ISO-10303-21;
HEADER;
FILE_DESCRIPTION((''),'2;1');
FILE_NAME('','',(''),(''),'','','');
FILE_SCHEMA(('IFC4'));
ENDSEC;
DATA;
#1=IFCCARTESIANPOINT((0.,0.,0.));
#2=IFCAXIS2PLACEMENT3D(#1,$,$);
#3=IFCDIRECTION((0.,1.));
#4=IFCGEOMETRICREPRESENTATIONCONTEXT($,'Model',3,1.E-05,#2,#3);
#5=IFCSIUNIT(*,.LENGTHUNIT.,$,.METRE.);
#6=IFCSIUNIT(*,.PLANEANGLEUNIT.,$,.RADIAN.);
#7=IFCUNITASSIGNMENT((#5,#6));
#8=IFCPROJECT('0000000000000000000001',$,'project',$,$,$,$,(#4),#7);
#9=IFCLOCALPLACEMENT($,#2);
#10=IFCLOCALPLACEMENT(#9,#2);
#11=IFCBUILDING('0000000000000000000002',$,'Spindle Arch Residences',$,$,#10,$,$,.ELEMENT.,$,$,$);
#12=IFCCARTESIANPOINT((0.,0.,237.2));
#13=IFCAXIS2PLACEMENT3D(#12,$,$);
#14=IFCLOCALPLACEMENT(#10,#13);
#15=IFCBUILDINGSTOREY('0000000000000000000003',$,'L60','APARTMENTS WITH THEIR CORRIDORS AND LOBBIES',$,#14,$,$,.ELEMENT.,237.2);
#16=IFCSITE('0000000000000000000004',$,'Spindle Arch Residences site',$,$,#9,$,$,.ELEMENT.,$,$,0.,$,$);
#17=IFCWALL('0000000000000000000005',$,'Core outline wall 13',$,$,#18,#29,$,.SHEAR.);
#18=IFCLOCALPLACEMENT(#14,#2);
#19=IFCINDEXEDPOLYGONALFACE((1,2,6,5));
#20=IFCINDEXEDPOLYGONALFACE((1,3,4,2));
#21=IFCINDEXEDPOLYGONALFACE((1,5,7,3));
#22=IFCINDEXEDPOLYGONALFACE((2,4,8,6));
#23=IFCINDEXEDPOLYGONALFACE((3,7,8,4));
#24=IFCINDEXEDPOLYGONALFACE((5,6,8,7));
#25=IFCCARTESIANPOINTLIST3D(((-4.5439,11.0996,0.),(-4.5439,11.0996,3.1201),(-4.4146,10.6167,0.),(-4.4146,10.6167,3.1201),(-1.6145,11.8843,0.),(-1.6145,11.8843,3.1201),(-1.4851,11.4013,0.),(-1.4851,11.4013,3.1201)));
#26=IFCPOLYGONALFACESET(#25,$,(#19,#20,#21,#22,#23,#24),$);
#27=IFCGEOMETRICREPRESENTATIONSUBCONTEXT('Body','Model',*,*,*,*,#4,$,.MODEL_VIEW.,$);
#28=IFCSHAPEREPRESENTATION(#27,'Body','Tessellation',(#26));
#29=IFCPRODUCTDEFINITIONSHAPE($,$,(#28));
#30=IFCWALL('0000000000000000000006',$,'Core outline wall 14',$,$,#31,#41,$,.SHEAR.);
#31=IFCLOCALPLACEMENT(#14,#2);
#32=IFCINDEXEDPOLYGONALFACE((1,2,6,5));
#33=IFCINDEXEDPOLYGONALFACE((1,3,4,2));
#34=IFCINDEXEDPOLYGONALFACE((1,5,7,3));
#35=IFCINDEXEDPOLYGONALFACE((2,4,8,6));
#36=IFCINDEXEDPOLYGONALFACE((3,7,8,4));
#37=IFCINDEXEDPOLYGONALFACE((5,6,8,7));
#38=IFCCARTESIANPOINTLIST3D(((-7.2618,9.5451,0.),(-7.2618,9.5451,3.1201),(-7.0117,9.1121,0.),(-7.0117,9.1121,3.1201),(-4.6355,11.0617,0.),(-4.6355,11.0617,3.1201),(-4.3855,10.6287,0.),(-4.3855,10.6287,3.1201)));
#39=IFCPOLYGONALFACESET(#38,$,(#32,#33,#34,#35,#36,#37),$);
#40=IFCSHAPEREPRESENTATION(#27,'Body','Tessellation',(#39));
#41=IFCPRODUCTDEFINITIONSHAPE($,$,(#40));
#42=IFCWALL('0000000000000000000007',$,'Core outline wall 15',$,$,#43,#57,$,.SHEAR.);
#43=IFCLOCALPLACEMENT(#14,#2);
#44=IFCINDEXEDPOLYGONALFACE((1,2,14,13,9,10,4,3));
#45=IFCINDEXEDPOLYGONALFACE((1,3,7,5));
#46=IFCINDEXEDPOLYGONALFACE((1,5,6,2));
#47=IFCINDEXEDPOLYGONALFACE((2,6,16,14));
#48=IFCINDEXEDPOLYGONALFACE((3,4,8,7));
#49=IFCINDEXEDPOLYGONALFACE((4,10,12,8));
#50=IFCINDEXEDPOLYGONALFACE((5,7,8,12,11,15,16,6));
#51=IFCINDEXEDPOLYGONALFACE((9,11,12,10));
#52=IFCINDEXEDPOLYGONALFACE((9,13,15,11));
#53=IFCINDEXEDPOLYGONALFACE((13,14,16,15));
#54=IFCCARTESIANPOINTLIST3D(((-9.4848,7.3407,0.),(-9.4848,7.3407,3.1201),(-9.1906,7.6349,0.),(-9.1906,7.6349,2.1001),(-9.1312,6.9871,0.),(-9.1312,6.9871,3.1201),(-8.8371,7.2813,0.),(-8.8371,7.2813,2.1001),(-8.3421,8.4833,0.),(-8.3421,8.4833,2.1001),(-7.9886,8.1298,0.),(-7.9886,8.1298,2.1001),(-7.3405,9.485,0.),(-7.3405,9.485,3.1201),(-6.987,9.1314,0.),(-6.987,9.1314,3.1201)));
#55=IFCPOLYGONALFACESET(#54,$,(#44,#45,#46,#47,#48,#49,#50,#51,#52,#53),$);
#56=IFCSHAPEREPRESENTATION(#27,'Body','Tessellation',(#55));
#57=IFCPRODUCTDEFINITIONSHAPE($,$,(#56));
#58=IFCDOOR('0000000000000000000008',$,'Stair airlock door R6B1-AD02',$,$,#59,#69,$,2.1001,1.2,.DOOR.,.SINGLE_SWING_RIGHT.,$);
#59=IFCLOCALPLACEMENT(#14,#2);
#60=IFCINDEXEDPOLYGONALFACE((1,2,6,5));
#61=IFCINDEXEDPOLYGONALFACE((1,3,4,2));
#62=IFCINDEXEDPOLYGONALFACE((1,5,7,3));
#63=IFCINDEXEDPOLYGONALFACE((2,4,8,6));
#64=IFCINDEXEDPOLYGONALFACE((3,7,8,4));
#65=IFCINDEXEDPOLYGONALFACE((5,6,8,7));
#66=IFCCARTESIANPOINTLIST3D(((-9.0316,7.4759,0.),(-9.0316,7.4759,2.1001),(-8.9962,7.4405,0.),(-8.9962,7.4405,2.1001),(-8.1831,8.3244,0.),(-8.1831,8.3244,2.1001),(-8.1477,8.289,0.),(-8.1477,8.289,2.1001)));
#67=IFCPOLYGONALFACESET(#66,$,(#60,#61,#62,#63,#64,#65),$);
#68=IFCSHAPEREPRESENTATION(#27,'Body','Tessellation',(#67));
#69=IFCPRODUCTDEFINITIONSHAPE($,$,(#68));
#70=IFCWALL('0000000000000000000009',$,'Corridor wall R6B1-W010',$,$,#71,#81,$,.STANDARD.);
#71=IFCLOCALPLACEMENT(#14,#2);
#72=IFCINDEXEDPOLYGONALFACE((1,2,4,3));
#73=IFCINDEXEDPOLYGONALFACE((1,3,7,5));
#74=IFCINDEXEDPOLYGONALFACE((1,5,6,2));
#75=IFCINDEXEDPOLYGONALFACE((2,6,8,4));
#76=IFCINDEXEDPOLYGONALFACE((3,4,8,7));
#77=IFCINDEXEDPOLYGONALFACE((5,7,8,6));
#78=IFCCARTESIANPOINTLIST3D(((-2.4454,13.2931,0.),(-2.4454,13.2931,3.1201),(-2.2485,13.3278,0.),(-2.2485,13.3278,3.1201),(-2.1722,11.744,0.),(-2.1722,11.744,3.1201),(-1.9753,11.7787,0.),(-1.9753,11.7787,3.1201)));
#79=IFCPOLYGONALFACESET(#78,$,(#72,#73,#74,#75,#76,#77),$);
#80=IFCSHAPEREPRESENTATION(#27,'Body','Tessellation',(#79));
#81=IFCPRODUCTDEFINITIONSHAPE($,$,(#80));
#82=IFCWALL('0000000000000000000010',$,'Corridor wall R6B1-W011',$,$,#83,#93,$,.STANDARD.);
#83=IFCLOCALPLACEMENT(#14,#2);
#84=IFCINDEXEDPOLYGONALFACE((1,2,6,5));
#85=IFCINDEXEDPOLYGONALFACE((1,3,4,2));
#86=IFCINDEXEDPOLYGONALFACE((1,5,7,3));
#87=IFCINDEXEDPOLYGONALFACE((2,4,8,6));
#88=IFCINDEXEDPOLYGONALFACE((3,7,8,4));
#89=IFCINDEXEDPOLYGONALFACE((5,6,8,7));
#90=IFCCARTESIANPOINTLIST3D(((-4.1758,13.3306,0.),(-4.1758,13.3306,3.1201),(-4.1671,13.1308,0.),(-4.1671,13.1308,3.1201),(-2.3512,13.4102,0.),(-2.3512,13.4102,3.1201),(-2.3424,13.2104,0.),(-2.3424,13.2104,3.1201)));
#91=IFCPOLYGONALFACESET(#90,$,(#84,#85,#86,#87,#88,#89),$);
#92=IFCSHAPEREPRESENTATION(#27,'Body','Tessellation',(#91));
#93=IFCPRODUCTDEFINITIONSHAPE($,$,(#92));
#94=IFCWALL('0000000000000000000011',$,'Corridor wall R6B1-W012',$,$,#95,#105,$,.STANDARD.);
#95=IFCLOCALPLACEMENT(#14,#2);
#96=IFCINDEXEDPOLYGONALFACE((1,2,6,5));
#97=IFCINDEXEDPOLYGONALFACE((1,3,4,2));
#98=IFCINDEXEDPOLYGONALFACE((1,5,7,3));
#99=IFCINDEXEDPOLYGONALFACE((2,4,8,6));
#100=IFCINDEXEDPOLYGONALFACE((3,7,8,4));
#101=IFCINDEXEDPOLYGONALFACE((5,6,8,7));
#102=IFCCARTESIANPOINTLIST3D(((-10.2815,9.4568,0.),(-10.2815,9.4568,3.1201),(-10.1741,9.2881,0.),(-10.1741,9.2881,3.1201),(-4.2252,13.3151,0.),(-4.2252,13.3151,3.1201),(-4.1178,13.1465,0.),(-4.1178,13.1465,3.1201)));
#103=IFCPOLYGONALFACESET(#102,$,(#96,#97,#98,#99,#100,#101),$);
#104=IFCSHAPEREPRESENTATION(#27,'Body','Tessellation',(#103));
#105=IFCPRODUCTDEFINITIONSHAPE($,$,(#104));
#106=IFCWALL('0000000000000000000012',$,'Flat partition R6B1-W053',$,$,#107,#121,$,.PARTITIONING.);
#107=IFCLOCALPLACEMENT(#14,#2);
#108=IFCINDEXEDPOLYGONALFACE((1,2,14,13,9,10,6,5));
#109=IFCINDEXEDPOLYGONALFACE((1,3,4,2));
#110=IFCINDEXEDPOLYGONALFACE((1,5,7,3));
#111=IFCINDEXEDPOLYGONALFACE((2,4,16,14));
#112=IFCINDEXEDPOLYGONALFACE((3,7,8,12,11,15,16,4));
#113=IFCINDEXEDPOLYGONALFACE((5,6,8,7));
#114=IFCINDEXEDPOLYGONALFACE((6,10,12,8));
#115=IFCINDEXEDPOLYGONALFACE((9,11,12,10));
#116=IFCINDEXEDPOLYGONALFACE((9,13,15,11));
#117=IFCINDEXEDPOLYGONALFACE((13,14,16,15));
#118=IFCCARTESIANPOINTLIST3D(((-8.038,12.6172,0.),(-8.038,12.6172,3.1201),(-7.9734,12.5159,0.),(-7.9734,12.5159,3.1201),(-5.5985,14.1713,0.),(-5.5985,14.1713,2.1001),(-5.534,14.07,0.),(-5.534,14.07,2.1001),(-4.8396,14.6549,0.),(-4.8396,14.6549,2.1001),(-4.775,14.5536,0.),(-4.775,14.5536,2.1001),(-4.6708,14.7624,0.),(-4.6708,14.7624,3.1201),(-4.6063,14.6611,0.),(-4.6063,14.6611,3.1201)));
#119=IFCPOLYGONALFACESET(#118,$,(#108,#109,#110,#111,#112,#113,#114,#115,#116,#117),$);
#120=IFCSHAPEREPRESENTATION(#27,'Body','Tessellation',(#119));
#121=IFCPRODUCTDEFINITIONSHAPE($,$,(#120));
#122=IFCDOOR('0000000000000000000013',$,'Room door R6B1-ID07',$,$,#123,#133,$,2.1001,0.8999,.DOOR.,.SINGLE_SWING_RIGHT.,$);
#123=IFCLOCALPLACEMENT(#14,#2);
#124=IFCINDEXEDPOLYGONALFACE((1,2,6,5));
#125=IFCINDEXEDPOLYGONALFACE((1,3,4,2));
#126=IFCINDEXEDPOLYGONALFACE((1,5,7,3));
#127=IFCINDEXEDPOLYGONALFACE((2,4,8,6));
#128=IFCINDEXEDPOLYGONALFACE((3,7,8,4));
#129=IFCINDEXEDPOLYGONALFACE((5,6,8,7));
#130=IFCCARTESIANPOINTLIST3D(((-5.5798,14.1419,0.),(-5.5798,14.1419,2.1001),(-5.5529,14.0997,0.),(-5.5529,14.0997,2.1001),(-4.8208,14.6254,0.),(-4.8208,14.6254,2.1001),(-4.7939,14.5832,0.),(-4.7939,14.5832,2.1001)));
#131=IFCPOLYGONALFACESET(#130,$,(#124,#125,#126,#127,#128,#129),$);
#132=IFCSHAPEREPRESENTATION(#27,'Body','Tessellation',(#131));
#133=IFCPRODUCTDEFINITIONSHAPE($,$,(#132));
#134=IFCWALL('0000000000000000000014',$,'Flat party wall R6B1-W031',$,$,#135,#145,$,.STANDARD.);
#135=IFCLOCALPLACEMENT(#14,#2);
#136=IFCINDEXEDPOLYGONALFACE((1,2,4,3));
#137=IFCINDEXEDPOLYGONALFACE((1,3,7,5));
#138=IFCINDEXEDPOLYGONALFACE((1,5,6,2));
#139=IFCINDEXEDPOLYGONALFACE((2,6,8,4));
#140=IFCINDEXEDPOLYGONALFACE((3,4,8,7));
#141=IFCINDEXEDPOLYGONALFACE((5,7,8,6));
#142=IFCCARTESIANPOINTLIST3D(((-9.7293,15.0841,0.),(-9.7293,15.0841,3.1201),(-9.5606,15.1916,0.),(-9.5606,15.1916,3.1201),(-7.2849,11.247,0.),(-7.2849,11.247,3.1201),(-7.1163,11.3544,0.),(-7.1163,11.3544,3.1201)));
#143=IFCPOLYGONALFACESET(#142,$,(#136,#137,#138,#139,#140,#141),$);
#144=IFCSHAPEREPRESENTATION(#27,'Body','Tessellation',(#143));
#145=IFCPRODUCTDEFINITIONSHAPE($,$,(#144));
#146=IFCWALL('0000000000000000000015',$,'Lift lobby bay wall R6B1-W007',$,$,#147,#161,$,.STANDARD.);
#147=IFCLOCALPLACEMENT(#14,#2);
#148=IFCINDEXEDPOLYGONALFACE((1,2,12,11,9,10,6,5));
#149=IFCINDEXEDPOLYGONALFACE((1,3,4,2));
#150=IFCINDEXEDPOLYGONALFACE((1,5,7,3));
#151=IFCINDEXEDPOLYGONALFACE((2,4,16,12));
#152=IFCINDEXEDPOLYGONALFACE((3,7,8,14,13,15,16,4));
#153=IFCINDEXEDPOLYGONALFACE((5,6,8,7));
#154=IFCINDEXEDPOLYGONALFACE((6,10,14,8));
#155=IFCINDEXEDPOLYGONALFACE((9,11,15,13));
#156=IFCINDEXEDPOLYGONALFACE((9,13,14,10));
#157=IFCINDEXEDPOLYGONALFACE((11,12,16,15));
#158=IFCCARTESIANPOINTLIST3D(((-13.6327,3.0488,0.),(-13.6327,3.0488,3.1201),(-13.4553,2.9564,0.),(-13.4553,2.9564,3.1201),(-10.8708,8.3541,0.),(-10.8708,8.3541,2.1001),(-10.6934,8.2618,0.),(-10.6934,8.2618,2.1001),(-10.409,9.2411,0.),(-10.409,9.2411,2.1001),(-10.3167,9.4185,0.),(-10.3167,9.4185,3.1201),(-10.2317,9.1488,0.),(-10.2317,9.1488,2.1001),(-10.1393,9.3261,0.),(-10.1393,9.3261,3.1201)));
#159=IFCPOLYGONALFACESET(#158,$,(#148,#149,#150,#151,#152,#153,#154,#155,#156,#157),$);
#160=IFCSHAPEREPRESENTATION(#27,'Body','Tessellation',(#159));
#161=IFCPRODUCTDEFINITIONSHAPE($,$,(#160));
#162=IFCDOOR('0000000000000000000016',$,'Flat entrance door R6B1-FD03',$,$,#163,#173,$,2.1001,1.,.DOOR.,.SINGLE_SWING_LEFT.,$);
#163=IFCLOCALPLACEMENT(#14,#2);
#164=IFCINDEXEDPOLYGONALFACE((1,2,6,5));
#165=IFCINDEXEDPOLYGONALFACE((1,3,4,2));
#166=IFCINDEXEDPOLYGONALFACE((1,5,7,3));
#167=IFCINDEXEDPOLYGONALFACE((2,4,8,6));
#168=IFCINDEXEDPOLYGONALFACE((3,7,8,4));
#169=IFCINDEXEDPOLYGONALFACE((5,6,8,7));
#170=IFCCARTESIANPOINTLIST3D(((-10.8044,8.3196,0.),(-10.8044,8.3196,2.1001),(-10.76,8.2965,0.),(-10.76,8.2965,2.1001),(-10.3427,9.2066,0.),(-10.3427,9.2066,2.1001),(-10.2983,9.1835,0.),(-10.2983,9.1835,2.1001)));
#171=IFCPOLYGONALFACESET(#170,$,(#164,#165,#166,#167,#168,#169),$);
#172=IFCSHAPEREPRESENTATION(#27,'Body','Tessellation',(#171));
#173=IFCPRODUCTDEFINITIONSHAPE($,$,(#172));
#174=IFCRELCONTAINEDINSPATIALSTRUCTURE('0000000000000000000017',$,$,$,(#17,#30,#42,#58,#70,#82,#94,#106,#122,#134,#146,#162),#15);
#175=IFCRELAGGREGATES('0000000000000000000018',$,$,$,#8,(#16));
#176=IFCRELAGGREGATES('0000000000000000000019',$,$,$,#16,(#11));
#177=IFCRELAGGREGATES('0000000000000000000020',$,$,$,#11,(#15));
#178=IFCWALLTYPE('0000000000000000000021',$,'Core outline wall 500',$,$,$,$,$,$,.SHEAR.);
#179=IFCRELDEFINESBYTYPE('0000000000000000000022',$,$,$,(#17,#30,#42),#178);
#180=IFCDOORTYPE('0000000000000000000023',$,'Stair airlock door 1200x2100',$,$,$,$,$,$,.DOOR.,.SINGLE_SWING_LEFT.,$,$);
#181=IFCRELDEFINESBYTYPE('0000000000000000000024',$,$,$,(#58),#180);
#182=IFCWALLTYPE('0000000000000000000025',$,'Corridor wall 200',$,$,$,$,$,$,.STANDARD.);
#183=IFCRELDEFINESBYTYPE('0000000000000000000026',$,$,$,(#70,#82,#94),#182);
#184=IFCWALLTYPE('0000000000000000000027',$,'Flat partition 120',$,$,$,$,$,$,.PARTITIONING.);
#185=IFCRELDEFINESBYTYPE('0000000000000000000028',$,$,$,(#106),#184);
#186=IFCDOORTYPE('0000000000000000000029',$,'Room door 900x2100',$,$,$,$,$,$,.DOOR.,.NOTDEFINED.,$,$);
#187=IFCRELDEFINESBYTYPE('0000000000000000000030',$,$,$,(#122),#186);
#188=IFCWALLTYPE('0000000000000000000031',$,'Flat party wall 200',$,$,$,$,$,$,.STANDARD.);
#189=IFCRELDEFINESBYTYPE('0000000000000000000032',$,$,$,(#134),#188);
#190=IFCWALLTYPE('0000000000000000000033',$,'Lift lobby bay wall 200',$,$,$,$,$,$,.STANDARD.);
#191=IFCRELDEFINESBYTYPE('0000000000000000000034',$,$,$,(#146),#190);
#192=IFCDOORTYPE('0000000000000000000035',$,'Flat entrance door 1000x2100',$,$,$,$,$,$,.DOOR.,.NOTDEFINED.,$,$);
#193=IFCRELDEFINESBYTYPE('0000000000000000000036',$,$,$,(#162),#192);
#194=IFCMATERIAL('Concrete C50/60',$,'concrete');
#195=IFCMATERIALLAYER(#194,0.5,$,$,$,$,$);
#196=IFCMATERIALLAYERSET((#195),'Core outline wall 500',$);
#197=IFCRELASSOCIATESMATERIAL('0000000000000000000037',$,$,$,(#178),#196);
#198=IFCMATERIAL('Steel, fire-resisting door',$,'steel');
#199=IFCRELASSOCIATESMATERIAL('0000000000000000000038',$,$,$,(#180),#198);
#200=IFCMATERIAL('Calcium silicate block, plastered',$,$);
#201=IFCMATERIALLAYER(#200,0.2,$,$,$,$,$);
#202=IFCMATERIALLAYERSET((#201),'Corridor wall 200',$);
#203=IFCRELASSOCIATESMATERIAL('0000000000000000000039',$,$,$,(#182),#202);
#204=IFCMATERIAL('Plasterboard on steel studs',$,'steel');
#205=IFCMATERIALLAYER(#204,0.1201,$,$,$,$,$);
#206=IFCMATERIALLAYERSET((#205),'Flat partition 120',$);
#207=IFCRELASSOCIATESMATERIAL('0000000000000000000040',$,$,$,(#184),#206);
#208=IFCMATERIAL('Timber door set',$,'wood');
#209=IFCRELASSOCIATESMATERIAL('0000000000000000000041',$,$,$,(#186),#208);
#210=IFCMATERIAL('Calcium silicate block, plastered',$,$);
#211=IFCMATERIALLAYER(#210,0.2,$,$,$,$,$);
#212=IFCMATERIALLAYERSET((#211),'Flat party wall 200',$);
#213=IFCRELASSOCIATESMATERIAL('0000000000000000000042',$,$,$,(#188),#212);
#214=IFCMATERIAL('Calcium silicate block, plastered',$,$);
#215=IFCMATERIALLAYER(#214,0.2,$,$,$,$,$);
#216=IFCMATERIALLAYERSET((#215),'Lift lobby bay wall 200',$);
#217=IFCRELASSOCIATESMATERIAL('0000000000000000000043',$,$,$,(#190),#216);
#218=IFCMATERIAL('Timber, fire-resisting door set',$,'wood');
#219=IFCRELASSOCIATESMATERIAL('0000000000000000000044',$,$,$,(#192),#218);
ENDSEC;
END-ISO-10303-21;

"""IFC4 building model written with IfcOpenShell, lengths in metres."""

from ifc_helpers import new_model, si_unit, direction, frame, frame_2d, origin, place, context, subcontext, project, spatial, rectangle, extrude, material, layer, layer_set, type_object, element, fill, save


model = new_model("IFC4")

# Units and contexts
model_context = context("Model", 3, precision=1e-05, world=origin(), true_north=direction((0.0, 1.0)))
body_context = subcontext(model_context, "Body", "Model", "MODEL_VIEW")
ifc_project = project(units=[si_unit("LENGTHUNIT", "METRE"), si_unit("PLANEANGLEUNIT", "RADIAN")], contexts=[model_context])

# Site, building, storey
site_placement = place(None, origin())
site = spatial("IfcSite", under=ifc_project, at=site_placement, Name="Spindle Arch Residences site", CompositionType="ELEMENT", RefElevation=0.0)
building_placement = place(site_placement, origin())
building = spatial("IfcBuilding", under=site, at=building_placement, Name="Spindle Arch Residences", CompositionType="ELEMENT")
storey_placement = place(building_placement, frame((0.0, 0.0, 237.2)))
storey = spatial("IfcBuildingStorey", under=building, at=storey_placement, Name="L60", Description="APARTMENTS WITH THEIR CORRIDORS AND LOBBIES", CompositionType="ELEMENT", Elevation=237.2)

# Walls
ifc_material_1 = material(Name="Concrete C50/60", Category="concrete")
ifc_layer_1 = layer(ifc_material_1, 0.5)
ifc_layer_set_1 = layer_set([ifc_layer_1], Name="Core outline wall 500")
wall_type_1 = type_object("IfcWallType", Name="Core outline wall 500", PredefinedType="SHEAR", material=ifc_layer_set_1)
for number, where, z_axis, x_axis, name in (
    (1, (-1.5498, 11.6428, 0.0), (0.0, 0.0, 1.0), (-0.965948, -0.258735, 0.0), "Core outline wall 13"),
    (2, (-4.5105, 10.8452, 0.0), (0.0, 0.0, 1.0), (-0.865975, -0.500087, 0.0), "Core outline wall 14"),
):
    element("IfcWall", number, at=place(storey_placement, frame(where, z_axis=z_axis, x_axis=x_axis)), inside=storey, type_object=wall_type_1, Name=name, PredefinedType="SHEAR", context=body_context, shape_type="SweptSolid", body=[
        extrude(rectangle(XDim=3.0327, YDim=0.5, at=frame_2d((1.5164, 0.0))), origin(), (0.0, 0.0, 1.0), 3.1201),
    ])

# Wall, opening, door
wall_1_placement = place(storey_placement, frame((-7.1638, 9.3081, 0.0), z_axis=(0.0, 0.0, 1.0), x_axis=(-0.707107, -0.707107, 0.0)))
wall_1 = element("IfcWall", 3, at=wall_1_placement, inside=storey, type_object=wall_type_1, Name="Core outline wall 15", PredefinedType="SHEAR", context=body_context, shape_type="SweptSolid", body=[
    extrude(rectangle(XDim=3.0325, YDim=0.5, at=frame_2d((1.5161, 0.0))), origin(), (0.0, 0.0, 1.0), 3.1201),
])
opening_1_placement = place(wall_1_placement, frame((1.4163, 0.0, 0.0)))
opening_1 = element("IfcOpeningElement", 4, at=opening_1_placement, cuts=wall_1, PredefinedType="OPENING", context=body_context, shape_type="SweptSolid", body=[
    extrude(rectangle(XDim=1.2, YDim=2.1001, at=frame_2d((0.6001, 1.05))), frame((0.0, 0.26, 0.0), z_axis=(0.0, -1.0, 0.0), x_axis=(1.0, 0.0, 0.0)), (0.0, 0.0, 1.0), 0.52),
])
ifc_material_2 = material(Name="Steel, fire-resisting door", Category="steel")
door_type_1 = type_object("IfcDoorType", Name="Stair airlock door 1200x2100", OperationType="SINGLE_SWING_LEFT", PredefinedType="DOOR", material=ifc_material_2)
door_1_placement = place(opening_1_placement, origin())
door_1 = element("IfcDoor", 5, at=door_1_placement, inside=storey, type_object=door_type_1, Name="Stair airlock door R6B1-AD02", OperationType="SINGLE_SWING_RIGHT", OverallHeight=2.1001, OverallWidth=1.2, PredefinedType="DOOR", context=body_context, shape_type="SweptSolid", body=[
    extrude(rectangle(XDim=1.2, YDim=2.1001, at=frame_2d((0.6001, 1.05))), frame((0.0, 0.0249, 0.0), z_axis=(0.0, -1.0, 0.0), x_axis=(1.0, 0.0, 0.0)), (0.0, 0.0, 1.0), 0.05),
])
fill(opening_1, door_1)

# Walls
ifc_material_3 = material(Name="Calcium silicate block, plastered")
ifc_layer_2 = layer(ifc_material_3, 0.2)
ifc_layer_set_2 = layer_set([ifc_layer_2], Name="Corridor wall 200")
wall_type_2 = type_object("IfcWallType", Name="Corridor wall 200", PredefinedType="STANDARD", material=ifc_layer_set_2)
wall_2_placement = place(storey_placement, frame((-2.0737, 11.7612, 0.0), z_axis=(0.0, 0.0, 1.0), x_axis=(-0.173679, 0.984802, 0.0)))
element("IfcWall", 6, at=wall_2_placement, inside=storey, type_object=wall_type_2, Name="Corridor wall R6B1-W010", PredefinedType="STANDARD", context=body_context, shape_type="SweptSolid", body=[
    extrude(rectangle(XDim=1.573, YDim=0.2, at=frame_2d((0.7866, 0.0))), origin(), (0.0, 0.0, 1.0), 3.1201),
])
wall_3_placement = place(storey_placement, frame((-2.3469, 13.3103, 0.0), z_axis=(0.0, 0.0, 1.0), x_axis=(-0.99905, -0.043576, 0.0)))
element("IfcWall", 7, at=wall_3_placement, inside=storey, type_object=wall_type_2, Name="Corridor wall R6B1-W011", PredefinedType="STANDARD", context=body_context, shape_type="SweptSolid", body=[
    extrude(rectangle(XDim=1.8264, YDim=0.2, at=frame_2d((0.9131, 0.0))), origin(), (0.0, 0.0, 1.0), 3.1201),
])
wall_4_placement = place(storey_placement, frame((-4.1716, 13.2307, 0.0), z_axis=(0.0, 0.0, 1.0), x_axis=(-0.843388, -0.537304, 0.0)))
element("IfcWall", 8, at=wall_4_placement, inside=storey, type_object=wall_type_2, Name="Corridor wall R6B1-W012", PredefinedType="STANDARD", context=body_context, shape_type="SweptSolid", body=[
    extrude(rectangle(XDim=7.1809, YDim=0.2, at=frame_2d((3.5903, 0.0))), origin(), (0.0, 0.0, 1.0), 3.1201),
])

# Wall, opening, door
ifc_material_4 = material(Name="Plasterboard on steel studs", Category="steel")
ifc_layer_3 = layer(ifc_material_4, 0.1201)
ifc_layer_set_3 = layer_set([ifc_layer_3], Name="Flat partition 120")
wall_type_3 = type_object("IfcWallType", Name="Flat partition 120", PredefinedType="PARTITIONING", material=ifc_layer_set_3)
wall_5_placement = place(storey_placement, frame((-4.6387, 14.7117, 0.0), z_axis=(0.0, 0.0, 1.0), x_axis=(-0.843377, -0.537323, 0.0)))
wall_5 = element("IfcWall", 9, at=wall_5_placement, inside=storey, type_object=wall_type_3, Name="Flat partition R6B1-W053", PredefinedType="PARTITIONING", context=body_context, shape_type="SweptSolid", body=[
    extrude(rectangle(XDim=3.9924, YDim=0.1201, at=frame_2d((1.9961, 0.0))), origin(), (0.0, 0.0, 1.0), 3.1201),
])
opening_2_placement = place(wall_5_placement, frame((0.2, 0.0, 0.0)))
opening_2 = element("IfcOpeningElement", 10, at=opening_2_placement, cuts=wall_5, PredefinedType="OPENING", context=body_context, shape_type="SweptSolid", body=[
    extrude(rectangle(XDim=0.8999, YDim=2.1001, at=frame_2d((0.45, 1.05))), frame((0.0, 0.0701, 0.0), z_axis=(0.0, -1.0, 0.0), x_axis=(1.0, 0.0, 0.0)), (0.0, 0.0, 1.0), 0.1401),
])
ifc_material_5 = material(Name="Timber door set", Category="wood")
door_type_2 = type_object("IfcDoorType", Name="Room door 900x2100", OperationType="NOTDEFINED", PredefinedType="DOOR", material=ifc_material_5)
door_2_placement = place(opening_2_placement, origin())
door_2 = element("IfcDoor", 11, at=door_2_placement, inside=storey, type_object=door_type_2, Name="Room door R6B1-ID07", OperationType="SINGLE_SWING_RIGHT", OverallHeight=2.1001, OverallWidth=0.8999, PredefinedType="DOOR", context=body_context, shape_type="SweptSolid", body=[
    extrude(rectangle(XDim=0.8999, YDim=2.1001, at=frame_2d((0.45, 1.05))), frame((0.0, 0.0249, 0.0), z_axis=(0.0, -1.0, 0.0), x_axis=(1.0, 0.0, 0.0)), (0.0, 0.0, 1.0), 0.05),
])
fill(opening_2, door_2)

# Wall
ifc_material_6 = material(Name="Calcium silicate block, plastered")
ifc_layer_4 = layer(ifc_material_6, 0.2)
ifc_layer_set_4 = layer_set([ifc_layer_4], Name="Flat party wall 200")
wall_type_4 = type_object("IfcWallType", Name="Flat party wall 200", PredefinedType="STANDARD", material=ifc_layer_set_4)
wall_6_placement = place(storey_placement, frame((-9.645, 15.1379, 0.0), z_axis=(0.0, 0.0, 1.0), x_axis=(0.537268, -0.843412, 0.0)))
element("IfcWall", 12, at=wall_6_placement, inside=storey, type_object=wall_type_4, Name="Flat party wall R6B1-W031", PredefinedType="STANDARD", context=body_context, shape_type="SweptSolid", body=[
    extrude(rectangle(XDim=4.5496, YDim=0.2, at=frame_2d((2.2749, 0.0))), origin(), (0.0, 0.0, 1.0), 3.1201),
])

# Wall, opening, door
ifc_material_7 = material(Name="Calcium silicate block, plastered")
ifc_layer_5 = layer(ifc_material_7, 0.2)
ifc_layer_set_5 = layer_set([ifc_layer_5], Name="Lift lobby bay wall 200")
wall_type_5 = type_object("IfcWallType", Name="Lift lobby bay wall 200", PredefinedType="STANDARD", material=ifc_layer_set_5)
wall_7_placement = place(storey_placement, frame((-10.228, 9.3723, 0.0), z_axis=(0.0, 0.0, 1.0), x_axis=(-0.461759, -0.887005, 0.0)))
wall_7 = element("IfcWall", 13, at=wall_7_placement, inside=storey, type_object=wall_type_5, Name="Lift lobby bay wall R6B1-W007", PredefinedType="STANDARD", context=body_context, shape_type="SweptSolid", body=[
    extrude(rectangle(XDim=7.1812, YDim=0.2, at=frame_2d((3.5906, 0.0))), origin(), (0.0, 0.0, 1.0), 3.1201),
])
opening_3_placement = place(wall_7_placement, frame((0.2, 0.0, 0.0)))
opening_3 = element("IfcOpeningElement", 14, at=opening_3_placement, cuts=wall_7, PredefinedType="OPENING", context=body_context, shape_type="SweptSolid", body=[
    extrude(rectangle(XDim=1.0, YDim=2.1001, at=frame_2d((0.5, 1.05))), frame((0.0, 0.1099, 0.0), z_axis=(0.0, -1.0, 0.0), x_axis=(1.0, 0.0, 0.0)), (0.0, 0.0, 1.0), 0.22),
])
ifc_material_8 = material(Name="Timber, fire-resisting door set", Category="wood")
door_type_3 = type_object("IfcDoorType", Name="Flat entrance door 1000x2100", OperationType="NOTDEFINED", PredefinedType="DOOR", material=ifc_material_8)
door_3_placement = place(opening_3_placement, origin())
door_3 = element("IfcDoor", 15, at=door_3_placement, inside=storey, type_object=door_type_3, Name="Flat entrance door R6B1-FD03", OperationType="SINGLE_SWING_LEFT", OverallHeight=2.1001, OverallWidth=1.0, PredefinedType="DOOR", context=body_context, shape_type="SweptSolid", body=[
    extrude(rectangle(XDim=1.0, YDim=2.1001, at=frame_2d((0.5, 1.05))), frame((0.0, 0.0249, 0.0), z_axis=(0.0, -1.0, 0.0), x_axis=(1.0, 0.0, 0.0)), (0.0, 0.0, 1.0), 0.05),
])
fill(opening_3, door_3)

save(model, "model.ifc")
